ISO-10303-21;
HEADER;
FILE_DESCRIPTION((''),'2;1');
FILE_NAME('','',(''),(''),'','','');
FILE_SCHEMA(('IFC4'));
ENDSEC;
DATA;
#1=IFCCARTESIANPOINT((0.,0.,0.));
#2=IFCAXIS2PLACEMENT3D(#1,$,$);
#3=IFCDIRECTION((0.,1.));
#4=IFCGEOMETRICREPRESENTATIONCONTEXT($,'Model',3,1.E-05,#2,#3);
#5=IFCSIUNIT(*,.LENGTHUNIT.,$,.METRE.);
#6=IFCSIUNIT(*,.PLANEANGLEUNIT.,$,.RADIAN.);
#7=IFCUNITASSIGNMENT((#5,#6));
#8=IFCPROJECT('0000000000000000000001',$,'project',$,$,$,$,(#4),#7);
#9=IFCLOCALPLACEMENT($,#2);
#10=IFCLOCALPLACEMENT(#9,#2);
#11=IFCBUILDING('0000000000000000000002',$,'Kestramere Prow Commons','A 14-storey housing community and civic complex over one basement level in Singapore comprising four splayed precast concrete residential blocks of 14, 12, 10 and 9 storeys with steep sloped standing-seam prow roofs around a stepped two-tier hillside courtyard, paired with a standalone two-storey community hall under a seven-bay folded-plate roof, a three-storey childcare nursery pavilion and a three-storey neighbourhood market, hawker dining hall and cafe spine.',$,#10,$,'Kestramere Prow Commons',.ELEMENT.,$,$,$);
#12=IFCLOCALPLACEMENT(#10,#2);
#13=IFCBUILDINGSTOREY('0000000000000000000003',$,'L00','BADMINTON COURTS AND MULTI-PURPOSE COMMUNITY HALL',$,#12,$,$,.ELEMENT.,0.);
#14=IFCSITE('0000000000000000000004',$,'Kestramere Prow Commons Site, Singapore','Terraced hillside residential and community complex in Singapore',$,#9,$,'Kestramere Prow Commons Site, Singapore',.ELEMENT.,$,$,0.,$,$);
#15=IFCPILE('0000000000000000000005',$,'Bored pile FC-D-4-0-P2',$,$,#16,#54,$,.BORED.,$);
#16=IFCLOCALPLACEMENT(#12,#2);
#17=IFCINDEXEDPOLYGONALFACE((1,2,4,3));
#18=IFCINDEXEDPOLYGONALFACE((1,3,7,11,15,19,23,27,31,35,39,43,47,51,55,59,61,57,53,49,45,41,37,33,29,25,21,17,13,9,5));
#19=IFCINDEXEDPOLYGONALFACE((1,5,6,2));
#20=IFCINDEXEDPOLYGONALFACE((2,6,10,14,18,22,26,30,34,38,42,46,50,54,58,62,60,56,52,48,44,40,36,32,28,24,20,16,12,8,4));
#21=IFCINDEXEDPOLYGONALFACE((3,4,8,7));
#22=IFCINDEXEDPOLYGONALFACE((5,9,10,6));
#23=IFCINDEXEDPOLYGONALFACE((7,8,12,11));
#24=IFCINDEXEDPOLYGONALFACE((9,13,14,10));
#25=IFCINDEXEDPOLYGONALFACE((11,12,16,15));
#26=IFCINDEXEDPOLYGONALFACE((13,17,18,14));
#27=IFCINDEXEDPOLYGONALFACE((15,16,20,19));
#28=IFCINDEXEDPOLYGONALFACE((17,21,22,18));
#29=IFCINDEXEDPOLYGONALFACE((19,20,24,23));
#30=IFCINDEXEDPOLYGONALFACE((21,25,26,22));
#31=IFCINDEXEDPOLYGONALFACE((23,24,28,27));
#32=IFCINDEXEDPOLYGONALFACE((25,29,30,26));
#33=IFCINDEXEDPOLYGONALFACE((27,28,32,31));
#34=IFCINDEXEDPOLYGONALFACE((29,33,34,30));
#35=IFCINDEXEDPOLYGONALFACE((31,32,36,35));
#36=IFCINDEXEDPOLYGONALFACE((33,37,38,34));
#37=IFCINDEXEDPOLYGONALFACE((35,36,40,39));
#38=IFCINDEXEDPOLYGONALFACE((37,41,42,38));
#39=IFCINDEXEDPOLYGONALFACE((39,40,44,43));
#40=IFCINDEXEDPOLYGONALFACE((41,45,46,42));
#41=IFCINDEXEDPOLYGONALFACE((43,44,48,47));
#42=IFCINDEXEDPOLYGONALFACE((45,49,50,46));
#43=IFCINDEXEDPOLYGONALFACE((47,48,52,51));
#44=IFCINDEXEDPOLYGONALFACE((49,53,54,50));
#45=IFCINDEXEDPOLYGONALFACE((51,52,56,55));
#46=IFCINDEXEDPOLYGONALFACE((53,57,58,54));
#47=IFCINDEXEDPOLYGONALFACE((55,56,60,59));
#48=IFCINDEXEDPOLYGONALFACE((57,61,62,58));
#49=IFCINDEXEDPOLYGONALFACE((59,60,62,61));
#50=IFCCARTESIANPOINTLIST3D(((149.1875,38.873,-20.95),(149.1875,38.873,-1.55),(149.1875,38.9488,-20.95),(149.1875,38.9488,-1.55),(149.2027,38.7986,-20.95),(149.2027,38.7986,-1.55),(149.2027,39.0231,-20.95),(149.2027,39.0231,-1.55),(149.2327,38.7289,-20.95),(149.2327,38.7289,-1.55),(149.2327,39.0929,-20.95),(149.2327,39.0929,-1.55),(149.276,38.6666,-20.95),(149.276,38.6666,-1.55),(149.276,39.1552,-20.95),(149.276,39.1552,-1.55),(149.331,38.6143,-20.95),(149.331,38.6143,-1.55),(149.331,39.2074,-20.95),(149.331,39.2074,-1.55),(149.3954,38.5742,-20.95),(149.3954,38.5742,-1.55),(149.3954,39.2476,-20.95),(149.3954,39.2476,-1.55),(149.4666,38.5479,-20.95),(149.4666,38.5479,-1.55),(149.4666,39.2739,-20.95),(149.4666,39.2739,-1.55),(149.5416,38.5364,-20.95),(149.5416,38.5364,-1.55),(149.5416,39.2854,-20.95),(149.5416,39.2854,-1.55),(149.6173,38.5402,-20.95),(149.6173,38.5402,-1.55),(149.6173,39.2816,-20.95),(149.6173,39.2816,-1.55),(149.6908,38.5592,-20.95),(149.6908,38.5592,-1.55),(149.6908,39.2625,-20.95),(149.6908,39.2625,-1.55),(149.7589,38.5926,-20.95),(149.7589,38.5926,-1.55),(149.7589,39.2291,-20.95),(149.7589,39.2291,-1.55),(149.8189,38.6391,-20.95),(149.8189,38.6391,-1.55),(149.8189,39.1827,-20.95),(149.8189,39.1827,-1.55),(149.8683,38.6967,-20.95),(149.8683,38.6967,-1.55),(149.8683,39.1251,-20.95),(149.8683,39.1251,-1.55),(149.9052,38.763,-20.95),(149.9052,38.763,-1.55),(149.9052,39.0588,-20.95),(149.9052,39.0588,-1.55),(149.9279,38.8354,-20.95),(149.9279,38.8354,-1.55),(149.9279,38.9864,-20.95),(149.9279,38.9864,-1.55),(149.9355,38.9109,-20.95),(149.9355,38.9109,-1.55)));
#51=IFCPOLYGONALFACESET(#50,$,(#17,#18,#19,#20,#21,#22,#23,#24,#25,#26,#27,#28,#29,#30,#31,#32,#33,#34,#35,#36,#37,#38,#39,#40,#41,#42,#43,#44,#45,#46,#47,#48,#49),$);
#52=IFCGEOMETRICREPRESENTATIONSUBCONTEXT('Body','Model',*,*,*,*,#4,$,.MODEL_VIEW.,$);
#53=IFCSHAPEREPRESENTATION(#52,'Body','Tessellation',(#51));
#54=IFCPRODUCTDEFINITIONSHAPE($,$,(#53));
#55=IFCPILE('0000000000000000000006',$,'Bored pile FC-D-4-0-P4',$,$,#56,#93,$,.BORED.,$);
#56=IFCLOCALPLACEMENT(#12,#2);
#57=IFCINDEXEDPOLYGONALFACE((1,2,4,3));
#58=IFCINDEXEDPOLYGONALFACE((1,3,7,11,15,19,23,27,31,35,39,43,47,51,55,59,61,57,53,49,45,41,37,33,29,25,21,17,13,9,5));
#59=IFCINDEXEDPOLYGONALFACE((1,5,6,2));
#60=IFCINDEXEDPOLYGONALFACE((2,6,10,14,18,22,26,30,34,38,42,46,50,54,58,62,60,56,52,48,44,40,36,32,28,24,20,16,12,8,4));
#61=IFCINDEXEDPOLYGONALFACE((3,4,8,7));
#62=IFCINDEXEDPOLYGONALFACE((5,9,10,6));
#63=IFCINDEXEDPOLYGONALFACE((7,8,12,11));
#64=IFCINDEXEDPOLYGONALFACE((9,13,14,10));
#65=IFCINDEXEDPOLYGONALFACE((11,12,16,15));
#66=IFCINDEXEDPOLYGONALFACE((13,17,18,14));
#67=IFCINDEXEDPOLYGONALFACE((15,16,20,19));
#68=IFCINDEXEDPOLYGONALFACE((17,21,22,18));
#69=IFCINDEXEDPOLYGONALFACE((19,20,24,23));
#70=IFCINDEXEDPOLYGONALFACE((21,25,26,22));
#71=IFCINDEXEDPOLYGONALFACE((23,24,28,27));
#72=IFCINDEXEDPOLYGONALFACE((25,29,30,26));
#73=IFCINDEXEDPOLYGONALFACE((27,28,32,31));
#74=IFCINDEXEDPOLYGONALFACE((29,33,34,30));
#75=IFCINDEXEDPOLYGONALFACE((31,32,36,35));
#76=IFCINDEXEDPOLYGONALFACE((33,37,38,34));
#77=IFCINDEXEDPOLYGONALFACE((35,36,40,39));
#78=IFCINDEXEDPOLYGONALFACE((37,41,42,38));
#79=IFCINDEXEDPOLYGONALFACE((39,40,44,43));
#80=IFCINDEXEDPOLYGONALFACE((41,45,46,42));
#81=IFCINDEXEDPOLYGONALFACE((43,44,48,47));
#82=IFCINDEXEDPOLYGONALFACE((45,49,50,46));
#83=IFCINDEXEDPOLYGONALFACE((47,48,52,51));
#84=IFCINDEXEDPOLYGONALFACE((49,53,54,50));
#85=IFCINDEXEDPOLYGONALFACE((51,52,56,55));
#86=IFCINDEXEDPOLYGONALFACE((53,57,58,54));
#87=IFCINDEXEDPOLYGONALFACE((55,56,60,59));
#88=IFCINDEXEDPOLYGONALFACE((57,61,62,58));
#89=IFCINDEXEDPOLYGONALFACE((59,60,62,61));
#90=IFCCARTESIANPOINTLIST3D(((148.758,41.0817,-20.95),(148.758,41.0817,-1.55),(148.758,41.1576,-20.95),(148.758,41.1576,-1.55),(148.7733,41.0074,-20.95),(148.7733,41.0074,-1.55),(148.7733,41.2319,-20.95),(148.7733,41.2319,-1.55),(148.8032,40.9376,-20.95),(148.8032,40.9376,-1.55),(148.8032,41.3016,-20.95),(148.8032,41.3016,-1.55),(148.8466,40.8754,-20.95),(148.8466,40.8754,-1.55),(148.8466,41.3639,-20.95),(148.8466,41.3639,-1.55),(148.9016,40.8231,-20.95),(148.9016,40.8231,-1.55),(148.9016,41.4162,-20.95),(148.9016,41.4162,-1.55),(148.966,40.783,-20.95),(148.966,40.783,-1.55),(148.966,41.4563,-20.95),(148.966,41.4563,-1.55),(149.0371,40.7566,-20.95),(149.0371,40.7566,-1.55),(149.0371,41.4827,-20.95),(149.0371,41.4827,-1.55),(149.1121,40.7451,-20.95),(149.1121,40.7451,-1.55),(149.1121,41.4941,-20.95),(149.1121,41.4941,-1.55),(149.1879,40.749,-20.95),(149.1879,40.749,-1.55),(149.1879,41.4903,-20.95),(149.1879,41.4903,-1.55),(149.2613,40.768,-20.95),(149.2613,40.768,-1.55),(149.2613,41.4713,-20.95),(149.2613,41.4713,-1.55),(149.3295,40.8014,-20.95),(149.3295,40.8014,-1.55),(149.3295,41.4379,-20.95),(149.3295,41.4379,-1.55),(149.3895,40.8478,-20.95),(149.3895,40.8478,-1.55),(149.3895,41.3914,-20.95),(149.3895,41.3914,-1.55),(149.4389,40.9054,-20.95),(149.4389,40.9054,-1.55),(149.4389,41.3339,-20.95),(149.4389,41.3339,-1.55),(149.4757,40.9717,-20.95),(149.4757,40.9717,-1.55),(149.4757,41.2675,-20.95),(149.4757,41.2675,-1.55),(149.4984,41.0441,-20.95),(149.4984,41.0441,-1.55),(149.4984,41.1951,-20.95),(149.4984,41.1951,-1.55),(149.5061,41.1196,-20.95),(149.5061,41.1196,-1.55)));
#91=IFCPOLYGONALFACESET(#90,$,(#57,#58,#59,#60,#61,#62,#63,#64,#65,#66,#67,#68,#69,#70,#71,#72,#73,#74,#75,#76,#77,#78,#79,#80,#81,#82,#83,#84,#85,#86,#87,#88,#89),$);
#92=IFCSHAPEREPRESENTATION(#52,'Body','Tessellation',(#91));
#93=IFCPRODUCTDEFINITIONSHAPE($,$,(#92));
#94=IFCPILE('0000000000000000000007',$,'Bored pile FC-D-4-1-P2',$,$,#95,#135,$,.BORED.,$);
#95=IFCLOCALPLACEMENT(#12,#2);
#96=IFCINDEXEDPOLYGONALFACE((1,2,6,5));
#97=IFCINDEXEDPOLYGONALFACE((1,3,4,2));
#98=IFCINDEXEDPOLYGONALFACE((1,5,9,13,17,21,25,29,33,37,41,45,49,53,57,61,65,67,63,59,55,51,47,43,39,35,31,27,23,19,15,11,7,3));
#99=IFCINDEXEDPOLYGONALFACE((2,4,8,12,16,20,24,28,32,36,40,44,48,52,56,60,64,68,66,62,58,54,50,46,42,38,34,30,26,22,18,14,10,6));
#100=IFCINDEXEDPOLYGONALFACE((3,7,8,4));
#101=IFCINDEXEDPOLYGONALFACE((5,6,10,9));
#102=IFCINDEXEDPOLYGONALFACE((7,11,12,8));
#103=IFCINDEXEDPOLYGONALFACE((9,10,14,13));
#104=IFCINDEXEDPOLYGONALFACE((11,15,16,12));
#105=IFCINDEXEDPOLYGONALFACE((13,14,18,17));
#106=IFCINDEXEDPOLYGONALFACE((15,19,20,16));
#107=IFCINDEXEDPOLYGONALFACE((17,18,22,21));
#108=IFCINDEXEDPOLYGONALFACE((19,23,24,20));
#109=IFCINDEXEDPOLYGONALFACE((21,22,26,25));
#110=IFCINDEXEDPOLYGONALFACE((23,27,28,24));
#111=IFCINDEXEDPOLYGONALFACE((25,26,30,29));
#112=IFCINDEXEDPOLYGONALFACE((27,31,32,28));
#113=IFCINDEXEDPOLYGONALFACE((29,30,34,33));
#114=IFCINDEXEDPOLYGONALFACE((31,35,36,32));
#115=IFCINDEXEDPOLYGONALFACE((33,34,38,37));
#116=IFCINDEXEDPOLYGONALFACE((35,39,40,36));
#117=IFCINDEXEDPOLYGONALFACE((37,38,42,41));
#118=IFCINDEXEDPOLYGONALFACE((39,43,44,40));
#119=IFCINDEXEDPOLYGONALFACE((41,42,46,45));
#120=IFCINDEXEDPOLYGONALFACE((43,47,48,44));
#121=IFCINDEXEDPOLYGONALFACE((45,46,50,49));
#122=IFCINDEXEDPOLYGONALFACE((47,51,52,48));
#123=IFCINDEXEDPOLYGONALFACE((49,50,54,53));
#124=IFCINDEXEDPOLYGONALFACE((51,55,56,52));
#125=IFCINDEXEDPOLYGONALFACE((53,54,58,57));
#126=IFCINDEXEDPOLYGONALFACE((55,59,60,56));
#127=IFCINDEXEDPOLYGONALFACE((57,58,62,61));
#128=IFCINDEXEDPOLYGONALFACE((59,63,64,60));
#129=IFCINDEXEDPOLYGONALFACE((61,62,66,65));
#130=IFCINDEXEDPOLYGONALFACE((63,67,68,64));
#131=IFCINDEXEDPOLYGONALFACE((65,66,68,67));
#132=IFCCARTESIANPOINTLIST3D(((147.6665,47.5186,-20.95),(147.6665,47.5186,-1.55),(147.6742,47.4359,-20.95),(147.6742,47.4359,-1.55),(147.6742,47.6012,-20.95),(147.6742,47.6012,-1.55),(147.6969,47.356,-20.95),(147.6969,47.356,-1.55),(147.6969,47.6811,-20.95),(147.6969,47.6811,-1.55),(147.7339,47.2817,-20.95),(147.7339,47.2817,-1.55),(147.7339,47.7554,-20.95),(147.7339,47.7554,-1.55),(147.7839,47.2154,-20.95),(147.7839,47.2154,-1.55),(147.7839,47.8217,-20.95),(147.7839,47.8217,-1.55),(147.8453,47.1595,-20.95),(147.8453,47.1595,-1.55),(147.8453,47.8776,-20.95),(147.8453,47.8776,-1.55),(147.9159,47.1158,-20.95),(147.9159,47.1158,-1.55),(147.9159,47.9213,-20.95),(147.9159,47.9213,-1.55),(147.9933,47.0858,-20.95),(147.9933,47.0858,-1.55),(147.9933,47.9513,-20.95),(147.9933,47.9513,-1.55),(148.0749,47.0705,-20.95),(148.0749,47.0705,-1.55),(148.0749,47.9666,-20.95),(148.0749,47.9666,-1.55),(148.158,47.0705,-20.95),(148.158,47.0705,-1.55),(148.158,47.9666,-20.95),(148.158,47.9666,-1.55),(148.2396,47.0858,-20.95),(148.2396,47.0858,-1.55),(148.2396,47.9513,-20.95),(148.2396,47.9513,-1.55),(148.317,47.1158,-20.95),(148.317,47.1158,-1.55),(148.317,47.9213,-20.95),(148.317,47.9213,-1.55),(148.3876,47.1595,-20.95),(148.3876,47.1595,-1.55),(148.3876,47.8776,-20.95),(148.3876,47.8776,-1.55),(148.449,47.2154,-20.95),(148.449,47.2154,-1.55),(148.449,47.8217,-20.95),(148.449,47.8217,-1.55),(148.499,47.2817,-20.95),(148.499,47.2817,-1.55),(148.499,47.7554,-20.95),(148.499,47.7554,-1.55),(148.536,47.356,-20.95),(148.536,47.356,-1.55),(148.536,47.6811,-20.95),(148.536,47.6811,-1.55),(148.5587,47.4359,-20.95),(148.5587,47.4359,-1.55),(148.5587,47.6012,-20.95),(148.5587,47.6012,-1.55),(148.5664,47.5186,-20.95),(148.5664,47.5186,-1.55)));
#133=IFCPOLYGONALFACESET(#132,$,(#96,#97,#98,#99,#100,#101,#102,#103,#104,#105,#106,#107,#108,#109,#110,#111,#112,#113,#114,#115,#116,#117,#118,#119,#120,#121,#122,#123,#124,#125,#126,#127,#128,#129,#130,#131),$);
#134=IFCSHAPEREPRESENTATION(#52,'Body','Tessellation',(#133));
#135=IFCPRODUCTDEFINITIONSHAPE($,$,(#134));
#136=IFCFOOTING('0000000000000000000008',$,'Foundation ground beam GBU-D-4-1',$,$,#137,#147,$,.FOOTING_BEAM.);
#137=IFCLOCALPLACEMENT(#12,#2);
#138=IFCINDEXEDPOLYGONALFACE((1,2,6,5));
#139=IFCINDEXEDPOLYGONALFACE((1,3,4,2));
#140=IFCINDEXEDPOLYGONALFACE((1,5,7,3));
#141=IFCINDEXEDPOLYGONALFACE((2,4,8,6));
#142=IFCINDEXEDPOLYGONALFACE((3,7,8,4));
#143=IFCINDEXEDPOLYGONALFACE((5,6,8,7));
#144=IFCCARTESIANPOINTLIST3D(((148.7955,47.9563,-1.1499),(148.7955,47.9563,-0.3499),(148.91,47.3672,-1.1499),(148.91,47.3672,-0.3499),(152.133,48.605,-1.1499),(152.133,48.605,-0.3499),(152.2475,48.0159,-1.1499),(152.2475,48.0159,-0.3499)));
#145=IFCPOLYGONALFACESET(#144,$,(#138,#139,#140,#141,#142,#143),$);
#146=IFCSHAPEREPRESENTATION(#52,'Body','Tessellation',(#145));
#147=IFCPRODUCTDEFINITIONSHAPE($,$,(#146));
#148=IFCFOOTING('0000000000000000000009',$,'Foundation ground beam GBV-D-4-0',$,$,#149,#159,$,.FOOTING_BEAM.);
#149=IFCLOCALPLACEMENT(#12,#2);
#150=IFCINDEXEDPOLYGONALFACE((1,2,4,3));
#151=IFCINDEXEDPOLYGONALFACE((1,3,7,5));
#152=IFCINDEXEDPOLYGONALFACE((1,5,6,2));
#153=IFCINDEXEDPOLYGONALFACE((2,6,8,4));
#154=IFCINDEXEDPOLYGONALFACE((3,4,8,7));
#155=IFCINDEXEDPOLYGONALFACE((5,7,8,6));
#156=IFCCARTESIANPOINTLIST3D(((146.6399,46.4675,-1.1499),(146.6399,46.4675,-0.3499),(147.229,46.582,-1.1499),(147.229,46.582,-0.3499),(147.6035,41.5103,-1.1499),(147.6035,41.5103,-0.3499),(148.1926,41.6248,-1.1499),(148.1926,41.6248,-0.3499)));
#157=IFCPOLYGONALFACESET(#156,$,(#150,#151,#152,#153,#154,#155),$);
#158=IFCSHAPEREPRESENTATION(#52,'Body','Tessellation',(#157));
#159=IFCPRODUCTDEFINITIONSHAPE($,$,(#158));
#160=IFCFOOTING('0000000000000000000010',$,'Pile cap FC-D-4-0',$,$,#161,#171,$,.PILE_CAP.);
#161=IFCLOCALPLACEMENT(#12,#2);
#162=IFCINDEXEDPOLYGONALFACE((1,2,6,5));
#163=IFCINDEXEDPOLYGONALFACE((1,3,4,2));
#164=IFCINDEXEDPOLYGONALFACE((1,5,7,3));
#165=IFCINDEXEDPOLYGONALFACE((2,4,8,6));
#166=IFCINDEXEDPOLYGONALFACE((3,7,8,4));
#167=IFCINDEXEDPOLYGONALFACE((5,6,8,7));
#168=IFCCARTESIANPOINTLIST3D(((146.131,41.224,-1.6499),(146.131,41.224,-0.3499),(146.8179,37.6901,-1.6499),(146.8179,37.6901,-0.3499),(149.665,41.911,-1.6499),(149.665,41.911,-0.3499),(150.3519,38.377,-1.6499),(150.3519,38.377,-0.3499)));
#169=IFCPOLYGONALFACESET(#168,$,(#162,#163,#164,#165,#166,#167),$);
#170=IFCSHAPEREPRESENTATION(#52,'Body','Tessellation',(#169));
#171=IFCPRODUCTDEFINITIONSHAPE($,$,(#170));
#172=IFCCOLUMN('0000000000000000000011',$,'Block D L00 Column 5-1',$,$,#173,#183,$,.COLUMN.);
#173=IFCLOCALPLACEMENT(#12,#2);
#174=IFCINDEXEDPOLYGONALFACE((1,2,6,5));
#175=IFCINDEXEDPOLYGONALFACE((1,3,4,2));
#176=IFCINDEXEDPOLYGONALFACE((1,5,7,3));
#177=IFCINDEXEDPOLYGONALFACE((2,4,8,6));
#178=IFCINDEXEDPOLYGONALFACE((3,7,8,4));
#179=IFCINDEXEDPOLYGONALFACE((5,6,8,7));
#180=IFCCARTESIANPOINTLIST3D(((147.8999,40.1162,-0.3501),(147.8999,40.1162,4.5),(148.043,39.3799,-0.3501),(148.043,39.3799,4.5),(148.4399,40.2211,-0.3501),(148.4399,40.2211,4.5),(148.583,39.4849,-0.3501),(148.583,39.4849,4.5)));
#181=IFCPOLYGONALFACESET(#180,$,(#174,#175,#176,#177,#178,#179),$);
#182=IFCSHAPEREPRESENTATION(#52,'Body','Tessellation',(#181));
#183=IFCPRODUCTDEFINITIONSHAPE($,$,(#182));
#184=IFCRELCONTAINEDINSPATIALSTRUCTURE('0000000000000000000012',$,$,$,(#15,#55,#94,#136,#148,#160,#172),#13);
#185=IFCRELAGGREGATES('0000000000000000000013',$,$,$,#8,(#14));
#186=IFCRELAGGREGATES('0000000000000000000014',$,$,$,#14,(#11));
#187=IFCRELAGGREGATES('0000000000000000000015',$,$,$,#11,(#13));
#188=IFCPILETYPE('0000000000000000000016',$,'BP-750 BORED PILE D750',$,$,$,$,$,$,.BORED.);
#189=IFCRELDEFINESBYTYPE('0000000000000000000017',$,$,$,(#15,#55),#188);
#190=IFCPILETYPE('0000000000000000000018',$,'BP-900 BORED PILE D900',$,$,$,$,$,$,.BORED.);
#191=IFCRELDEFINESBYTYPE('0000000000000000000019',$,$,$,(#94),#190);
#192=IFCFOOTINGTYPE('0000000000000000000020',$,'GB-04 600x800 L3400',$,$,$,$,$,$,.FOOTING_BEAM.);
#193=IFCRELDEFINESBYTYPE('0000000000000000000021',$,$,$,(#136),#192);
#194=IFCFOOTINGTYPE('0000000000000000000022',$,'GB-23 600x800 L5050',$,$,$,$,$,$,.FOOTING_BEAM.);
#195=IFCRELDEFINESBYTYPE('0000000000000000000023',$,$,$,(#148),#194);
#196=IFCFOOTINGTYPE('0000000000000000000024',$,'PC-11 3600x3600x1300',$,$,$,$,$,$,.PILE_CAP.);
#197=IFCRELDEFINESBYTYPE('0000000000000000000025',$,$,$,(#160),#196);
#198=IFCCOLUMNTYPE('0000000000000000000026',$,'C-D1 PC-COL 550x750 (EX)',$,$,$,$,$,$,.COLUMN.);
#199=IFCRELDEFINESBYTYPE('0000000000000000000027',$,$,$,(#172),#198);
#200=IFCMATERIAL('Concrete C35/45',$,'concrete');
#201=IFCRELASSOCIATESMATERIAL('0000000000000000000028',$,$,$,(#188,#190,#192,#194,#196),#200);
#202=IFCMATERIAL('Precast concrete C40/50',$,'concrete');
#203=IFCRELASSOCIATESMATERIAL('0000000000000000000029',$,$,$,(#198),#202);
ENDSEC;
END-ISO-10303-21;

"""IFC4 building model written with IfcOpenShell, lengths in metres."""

from ifc_helpers import new_model, si_unit, direction, frame, origin, origin_2d, place, context, subcontext, project, spatial, rectangle, circle, extrude, material, material_profile, profile_set, type_object, element, save


model = new_model("IFC4")

# Units and contexts
model_context = context("Model", 3, precision=1e-05, world=origin(), true_north=direction((0.0, 1.0)))
body_context = subcontext(model_context, "Body", "Model", "MODEL_VIEW")
ifc_project = project(units=[si_unit("LENGTHUNIT", "METRE"), si_unit("PLANEANGLEUNIT", "RADIAN")], contexts=[model_context])

# Site, building, storey
site_placement = place(None, origin())
site = spatial("IfcSite", under=ifc_project, at=site_placement, Name="Kestramere Prow Commons Site, Singapore", Description="Terraced hillside residential and community complex in Singapore", LongName="Kestramere Prow Commons Site, Singapore", CompositionType="ELEMENT", RefElevation=0.0)
building_placement = place(site_placement, origin())
building = spatial("IfcBuilding", under=site, at=building_placement, Name="Kestramere Prow Commons", Description="A 14-storey housing community and civic complex over one basement level in Singapore comprising four splayed precast concrete residential blocks of 14, 12, 10 and 9 storeys with steep sloped standing-seam prow roofs around a stepped two-tier hillside courtyard, paired with a standalone two-storey community hall under a seven-bay folded-plate roof, a three-storey childcare nursery pavilion and a three-storey neighbourhood market, hawker dining hall and cafe spine.", LongName="Kestramere Prow Commons", CompositionType="ELEMENT")
storey_placement = place(building_placement, origin())
storey = spatial("IfcBuildingStorey", under=building, at=storey_placement, Name="L00", Description="BADMINTON COURTS AND MULTI-PURPOSE COMMUNITY HALL", CompositionType="ELEMENT", Elevation=0.0)

# Piles
ifc_material_1 = material(Name="Concrete C35/45", Category="concrete")
ifc_material_profile_1 = material_profile(ifc_material_1, circle(Radius=0.375, at=origin_2d()), Name="BORED PILE D750")
ifc_profile_set_1 = profile_set([ifc_material_profile_1], Name="Concrete C35/45")
pile_type_1 = type_object("IfcPileType", Name="BP-750 BORED PILE D750", PredefinedType="BORED", material=ifc_profile_set_1)
for number, where, z_axis, x_axis, name in (
    (1, (149.5605, 38.9109, -1.55), (0.0, 0.0, -1.0), (1.0, 0.0, 0.0), "Bored pile FC-D-4-0-P2"),
    (2, (149.1311, 41.1196, -1.55), (0.0, 0.0, -1.0), (1.0, 0.0, 0.0), "Bored pile FC-D-4-0-P4"),
):
    element("IfcPile", number, at=place(storey_placement, frame(where, z_axis=z_axis, x_axis=x_axis)), inside=storey, type_object=pile_type_1, Name=name, PredefinedType="BORED", context=body_context, shape_type="SweptSolid", body=[
        extrude(circle(Radius=0.375, at=origin_2d()), origin(), (0.0, 0.0, 1.0), 19.3999),
    ])
ifc_material_profile_2 = material_profile(ifc_material_1, circle(Radius=0.45, at=origin_2d()), Name="BORED PILE D900")
ifc_profile_set_2 = profile_set([ifc_material_profile_2], Name="Concrete C35/45")
pile_type_2 = type_object("IfcPileType", Name="BP-900 BORED PILE D900", PredefinedType="BORED", material=ifc_profile_set_2)
pile_placement = place(storey_placement, frame((148.1165, 47.5186, -1.55), z_axis=(0.0, 0.0, -1.0), x_axis=(1.0, 0.0, 0.0)))
element("IfcPile", 3, at=pile_placement, inside=storey, type_object=pile_type_2, Name="Bored pile FC-D-4-1-P2", PredefinedType="BORED", context=body_context, shape_type="SweptSolid", body=[
    extrude(circle(Radius=0.45, at=origin_2d()), origin(), (0.0, 0.0, 1.0), 19.3999),
])

# Footings
footing_type_1 = type_object("IfcFootingType", Name="GB-04 600x800 L3400", PredefinedType="FOOTING_BEAM", material=ifc_material_1)
footing_1_placement = place(storey_placement, frame((150.5215, 47.9861, -1.1499), z_axis=(0.0, 0.0, 1.0), x_axis=(0.981627, 0.190809, 0.0)))
element("IfcFooting", 4, at=footing_1_placement, inside=storey, type_object=footing_type_1, Name="Foundation ground beam GBU-D-4-1", PredefinedType="FOOTING_BEAM", context=body_context, shape_type="SweptSolid", body=[
    extrude(rectangle(XDim=3.3999, YDim=0.6001, at=origin_2d()), origin(), (0.0, 0.0, 1.0), 0.8),
])
footing_type_2 = type_object("IfcFootingType", Name="GB-23 600x800 L5050", PredefinedType="FOOTING_BEAM", material=ifc_material_1)
footing_2_placement = place(storey_placement, frame((147.4163, 44.0461, -1.1499), z_axis=(0.0, 0.0, 1.0), x_axis=(-0.190809, 0.981627, 0.0)))
element("IfcFooting", 5, at=footing_2_placement, inside=storey, type_object=footing_type_2, Name="Foundation ground beam GBV-D-4-0", PredefinedType="FOOTING_BEAM", context=body_context, shape_type="SweptSolid", body=[
    extrude(rectangle(XDim=5.05, YDim=0.6001, at=origin_2d()), origin(), (0.0, 0.0, 1.0), 0.8),
])
footing_type_3 = type_object("IfcFootingType", Name="PC-11 3600x3600x1300", PredefinedType="PILE_CAP", material=ifc_material_1)
footing_3_placement = place(storey_placement, frame((148.2415, 39.8005, -1.6499), z_axis=(0.0, 0.0, 1.0), x_axis=(0.981627, 0.190809, 0.0)))
element("IfcFooting", 6, at=footing_3_placement, inside=storey, type_object=footing_type_3, Name="Pile cap FC-D-4-0", PredefinedType="PILE_CAP", context=body_context, shape_type="SweptSolid", body=[
    extrude(rectangle(XDim=3.6001, YDim=3.6001, at=origin_2d()), origin(), (0.0, 0.0, 1.0), 1.3),
])

# Column
ifc_material_2 = material(Name="Precast concrete C40/50", Category="concrete")
ifc_material_profile_3 = material_profile(ifc_material_2, rectangle(XDim=0.55, YDim=0.75, at=origin_2d()), Name="PC-COL 550x750")
ifc_profile_set_3 = profile_set([ifc_material_profile_3], Name="Precast concrete C40/50")
column_type = type_object("IfcColumnType", Name="C-D1 PC-COL 550x750 (EX)", PredefinedType="COLUMN", material=ifc_profile_set_3)
column_placement = place(storey_placement, frame((148.2415, 39.8005, -0.3501), z_axis=(0.0, 0.0, 1.0), x_axis=(0.981627, 0.190809, 0.0)))
element("IfcColumn", 7, at=column_placement, inside=storey, type_object=column_type, Name="Block D L00 Column 5-1", PredefinedType="COLUMN", context=body_context, shape_type="SweptSolid", body=[
    extrude(rectangle(XDim=0.55, YDim=0.75, at=origin_2d()), origin(), (0.0, 0.0, 1.0), 4.8501),
])

save(model, "model.ifc")
